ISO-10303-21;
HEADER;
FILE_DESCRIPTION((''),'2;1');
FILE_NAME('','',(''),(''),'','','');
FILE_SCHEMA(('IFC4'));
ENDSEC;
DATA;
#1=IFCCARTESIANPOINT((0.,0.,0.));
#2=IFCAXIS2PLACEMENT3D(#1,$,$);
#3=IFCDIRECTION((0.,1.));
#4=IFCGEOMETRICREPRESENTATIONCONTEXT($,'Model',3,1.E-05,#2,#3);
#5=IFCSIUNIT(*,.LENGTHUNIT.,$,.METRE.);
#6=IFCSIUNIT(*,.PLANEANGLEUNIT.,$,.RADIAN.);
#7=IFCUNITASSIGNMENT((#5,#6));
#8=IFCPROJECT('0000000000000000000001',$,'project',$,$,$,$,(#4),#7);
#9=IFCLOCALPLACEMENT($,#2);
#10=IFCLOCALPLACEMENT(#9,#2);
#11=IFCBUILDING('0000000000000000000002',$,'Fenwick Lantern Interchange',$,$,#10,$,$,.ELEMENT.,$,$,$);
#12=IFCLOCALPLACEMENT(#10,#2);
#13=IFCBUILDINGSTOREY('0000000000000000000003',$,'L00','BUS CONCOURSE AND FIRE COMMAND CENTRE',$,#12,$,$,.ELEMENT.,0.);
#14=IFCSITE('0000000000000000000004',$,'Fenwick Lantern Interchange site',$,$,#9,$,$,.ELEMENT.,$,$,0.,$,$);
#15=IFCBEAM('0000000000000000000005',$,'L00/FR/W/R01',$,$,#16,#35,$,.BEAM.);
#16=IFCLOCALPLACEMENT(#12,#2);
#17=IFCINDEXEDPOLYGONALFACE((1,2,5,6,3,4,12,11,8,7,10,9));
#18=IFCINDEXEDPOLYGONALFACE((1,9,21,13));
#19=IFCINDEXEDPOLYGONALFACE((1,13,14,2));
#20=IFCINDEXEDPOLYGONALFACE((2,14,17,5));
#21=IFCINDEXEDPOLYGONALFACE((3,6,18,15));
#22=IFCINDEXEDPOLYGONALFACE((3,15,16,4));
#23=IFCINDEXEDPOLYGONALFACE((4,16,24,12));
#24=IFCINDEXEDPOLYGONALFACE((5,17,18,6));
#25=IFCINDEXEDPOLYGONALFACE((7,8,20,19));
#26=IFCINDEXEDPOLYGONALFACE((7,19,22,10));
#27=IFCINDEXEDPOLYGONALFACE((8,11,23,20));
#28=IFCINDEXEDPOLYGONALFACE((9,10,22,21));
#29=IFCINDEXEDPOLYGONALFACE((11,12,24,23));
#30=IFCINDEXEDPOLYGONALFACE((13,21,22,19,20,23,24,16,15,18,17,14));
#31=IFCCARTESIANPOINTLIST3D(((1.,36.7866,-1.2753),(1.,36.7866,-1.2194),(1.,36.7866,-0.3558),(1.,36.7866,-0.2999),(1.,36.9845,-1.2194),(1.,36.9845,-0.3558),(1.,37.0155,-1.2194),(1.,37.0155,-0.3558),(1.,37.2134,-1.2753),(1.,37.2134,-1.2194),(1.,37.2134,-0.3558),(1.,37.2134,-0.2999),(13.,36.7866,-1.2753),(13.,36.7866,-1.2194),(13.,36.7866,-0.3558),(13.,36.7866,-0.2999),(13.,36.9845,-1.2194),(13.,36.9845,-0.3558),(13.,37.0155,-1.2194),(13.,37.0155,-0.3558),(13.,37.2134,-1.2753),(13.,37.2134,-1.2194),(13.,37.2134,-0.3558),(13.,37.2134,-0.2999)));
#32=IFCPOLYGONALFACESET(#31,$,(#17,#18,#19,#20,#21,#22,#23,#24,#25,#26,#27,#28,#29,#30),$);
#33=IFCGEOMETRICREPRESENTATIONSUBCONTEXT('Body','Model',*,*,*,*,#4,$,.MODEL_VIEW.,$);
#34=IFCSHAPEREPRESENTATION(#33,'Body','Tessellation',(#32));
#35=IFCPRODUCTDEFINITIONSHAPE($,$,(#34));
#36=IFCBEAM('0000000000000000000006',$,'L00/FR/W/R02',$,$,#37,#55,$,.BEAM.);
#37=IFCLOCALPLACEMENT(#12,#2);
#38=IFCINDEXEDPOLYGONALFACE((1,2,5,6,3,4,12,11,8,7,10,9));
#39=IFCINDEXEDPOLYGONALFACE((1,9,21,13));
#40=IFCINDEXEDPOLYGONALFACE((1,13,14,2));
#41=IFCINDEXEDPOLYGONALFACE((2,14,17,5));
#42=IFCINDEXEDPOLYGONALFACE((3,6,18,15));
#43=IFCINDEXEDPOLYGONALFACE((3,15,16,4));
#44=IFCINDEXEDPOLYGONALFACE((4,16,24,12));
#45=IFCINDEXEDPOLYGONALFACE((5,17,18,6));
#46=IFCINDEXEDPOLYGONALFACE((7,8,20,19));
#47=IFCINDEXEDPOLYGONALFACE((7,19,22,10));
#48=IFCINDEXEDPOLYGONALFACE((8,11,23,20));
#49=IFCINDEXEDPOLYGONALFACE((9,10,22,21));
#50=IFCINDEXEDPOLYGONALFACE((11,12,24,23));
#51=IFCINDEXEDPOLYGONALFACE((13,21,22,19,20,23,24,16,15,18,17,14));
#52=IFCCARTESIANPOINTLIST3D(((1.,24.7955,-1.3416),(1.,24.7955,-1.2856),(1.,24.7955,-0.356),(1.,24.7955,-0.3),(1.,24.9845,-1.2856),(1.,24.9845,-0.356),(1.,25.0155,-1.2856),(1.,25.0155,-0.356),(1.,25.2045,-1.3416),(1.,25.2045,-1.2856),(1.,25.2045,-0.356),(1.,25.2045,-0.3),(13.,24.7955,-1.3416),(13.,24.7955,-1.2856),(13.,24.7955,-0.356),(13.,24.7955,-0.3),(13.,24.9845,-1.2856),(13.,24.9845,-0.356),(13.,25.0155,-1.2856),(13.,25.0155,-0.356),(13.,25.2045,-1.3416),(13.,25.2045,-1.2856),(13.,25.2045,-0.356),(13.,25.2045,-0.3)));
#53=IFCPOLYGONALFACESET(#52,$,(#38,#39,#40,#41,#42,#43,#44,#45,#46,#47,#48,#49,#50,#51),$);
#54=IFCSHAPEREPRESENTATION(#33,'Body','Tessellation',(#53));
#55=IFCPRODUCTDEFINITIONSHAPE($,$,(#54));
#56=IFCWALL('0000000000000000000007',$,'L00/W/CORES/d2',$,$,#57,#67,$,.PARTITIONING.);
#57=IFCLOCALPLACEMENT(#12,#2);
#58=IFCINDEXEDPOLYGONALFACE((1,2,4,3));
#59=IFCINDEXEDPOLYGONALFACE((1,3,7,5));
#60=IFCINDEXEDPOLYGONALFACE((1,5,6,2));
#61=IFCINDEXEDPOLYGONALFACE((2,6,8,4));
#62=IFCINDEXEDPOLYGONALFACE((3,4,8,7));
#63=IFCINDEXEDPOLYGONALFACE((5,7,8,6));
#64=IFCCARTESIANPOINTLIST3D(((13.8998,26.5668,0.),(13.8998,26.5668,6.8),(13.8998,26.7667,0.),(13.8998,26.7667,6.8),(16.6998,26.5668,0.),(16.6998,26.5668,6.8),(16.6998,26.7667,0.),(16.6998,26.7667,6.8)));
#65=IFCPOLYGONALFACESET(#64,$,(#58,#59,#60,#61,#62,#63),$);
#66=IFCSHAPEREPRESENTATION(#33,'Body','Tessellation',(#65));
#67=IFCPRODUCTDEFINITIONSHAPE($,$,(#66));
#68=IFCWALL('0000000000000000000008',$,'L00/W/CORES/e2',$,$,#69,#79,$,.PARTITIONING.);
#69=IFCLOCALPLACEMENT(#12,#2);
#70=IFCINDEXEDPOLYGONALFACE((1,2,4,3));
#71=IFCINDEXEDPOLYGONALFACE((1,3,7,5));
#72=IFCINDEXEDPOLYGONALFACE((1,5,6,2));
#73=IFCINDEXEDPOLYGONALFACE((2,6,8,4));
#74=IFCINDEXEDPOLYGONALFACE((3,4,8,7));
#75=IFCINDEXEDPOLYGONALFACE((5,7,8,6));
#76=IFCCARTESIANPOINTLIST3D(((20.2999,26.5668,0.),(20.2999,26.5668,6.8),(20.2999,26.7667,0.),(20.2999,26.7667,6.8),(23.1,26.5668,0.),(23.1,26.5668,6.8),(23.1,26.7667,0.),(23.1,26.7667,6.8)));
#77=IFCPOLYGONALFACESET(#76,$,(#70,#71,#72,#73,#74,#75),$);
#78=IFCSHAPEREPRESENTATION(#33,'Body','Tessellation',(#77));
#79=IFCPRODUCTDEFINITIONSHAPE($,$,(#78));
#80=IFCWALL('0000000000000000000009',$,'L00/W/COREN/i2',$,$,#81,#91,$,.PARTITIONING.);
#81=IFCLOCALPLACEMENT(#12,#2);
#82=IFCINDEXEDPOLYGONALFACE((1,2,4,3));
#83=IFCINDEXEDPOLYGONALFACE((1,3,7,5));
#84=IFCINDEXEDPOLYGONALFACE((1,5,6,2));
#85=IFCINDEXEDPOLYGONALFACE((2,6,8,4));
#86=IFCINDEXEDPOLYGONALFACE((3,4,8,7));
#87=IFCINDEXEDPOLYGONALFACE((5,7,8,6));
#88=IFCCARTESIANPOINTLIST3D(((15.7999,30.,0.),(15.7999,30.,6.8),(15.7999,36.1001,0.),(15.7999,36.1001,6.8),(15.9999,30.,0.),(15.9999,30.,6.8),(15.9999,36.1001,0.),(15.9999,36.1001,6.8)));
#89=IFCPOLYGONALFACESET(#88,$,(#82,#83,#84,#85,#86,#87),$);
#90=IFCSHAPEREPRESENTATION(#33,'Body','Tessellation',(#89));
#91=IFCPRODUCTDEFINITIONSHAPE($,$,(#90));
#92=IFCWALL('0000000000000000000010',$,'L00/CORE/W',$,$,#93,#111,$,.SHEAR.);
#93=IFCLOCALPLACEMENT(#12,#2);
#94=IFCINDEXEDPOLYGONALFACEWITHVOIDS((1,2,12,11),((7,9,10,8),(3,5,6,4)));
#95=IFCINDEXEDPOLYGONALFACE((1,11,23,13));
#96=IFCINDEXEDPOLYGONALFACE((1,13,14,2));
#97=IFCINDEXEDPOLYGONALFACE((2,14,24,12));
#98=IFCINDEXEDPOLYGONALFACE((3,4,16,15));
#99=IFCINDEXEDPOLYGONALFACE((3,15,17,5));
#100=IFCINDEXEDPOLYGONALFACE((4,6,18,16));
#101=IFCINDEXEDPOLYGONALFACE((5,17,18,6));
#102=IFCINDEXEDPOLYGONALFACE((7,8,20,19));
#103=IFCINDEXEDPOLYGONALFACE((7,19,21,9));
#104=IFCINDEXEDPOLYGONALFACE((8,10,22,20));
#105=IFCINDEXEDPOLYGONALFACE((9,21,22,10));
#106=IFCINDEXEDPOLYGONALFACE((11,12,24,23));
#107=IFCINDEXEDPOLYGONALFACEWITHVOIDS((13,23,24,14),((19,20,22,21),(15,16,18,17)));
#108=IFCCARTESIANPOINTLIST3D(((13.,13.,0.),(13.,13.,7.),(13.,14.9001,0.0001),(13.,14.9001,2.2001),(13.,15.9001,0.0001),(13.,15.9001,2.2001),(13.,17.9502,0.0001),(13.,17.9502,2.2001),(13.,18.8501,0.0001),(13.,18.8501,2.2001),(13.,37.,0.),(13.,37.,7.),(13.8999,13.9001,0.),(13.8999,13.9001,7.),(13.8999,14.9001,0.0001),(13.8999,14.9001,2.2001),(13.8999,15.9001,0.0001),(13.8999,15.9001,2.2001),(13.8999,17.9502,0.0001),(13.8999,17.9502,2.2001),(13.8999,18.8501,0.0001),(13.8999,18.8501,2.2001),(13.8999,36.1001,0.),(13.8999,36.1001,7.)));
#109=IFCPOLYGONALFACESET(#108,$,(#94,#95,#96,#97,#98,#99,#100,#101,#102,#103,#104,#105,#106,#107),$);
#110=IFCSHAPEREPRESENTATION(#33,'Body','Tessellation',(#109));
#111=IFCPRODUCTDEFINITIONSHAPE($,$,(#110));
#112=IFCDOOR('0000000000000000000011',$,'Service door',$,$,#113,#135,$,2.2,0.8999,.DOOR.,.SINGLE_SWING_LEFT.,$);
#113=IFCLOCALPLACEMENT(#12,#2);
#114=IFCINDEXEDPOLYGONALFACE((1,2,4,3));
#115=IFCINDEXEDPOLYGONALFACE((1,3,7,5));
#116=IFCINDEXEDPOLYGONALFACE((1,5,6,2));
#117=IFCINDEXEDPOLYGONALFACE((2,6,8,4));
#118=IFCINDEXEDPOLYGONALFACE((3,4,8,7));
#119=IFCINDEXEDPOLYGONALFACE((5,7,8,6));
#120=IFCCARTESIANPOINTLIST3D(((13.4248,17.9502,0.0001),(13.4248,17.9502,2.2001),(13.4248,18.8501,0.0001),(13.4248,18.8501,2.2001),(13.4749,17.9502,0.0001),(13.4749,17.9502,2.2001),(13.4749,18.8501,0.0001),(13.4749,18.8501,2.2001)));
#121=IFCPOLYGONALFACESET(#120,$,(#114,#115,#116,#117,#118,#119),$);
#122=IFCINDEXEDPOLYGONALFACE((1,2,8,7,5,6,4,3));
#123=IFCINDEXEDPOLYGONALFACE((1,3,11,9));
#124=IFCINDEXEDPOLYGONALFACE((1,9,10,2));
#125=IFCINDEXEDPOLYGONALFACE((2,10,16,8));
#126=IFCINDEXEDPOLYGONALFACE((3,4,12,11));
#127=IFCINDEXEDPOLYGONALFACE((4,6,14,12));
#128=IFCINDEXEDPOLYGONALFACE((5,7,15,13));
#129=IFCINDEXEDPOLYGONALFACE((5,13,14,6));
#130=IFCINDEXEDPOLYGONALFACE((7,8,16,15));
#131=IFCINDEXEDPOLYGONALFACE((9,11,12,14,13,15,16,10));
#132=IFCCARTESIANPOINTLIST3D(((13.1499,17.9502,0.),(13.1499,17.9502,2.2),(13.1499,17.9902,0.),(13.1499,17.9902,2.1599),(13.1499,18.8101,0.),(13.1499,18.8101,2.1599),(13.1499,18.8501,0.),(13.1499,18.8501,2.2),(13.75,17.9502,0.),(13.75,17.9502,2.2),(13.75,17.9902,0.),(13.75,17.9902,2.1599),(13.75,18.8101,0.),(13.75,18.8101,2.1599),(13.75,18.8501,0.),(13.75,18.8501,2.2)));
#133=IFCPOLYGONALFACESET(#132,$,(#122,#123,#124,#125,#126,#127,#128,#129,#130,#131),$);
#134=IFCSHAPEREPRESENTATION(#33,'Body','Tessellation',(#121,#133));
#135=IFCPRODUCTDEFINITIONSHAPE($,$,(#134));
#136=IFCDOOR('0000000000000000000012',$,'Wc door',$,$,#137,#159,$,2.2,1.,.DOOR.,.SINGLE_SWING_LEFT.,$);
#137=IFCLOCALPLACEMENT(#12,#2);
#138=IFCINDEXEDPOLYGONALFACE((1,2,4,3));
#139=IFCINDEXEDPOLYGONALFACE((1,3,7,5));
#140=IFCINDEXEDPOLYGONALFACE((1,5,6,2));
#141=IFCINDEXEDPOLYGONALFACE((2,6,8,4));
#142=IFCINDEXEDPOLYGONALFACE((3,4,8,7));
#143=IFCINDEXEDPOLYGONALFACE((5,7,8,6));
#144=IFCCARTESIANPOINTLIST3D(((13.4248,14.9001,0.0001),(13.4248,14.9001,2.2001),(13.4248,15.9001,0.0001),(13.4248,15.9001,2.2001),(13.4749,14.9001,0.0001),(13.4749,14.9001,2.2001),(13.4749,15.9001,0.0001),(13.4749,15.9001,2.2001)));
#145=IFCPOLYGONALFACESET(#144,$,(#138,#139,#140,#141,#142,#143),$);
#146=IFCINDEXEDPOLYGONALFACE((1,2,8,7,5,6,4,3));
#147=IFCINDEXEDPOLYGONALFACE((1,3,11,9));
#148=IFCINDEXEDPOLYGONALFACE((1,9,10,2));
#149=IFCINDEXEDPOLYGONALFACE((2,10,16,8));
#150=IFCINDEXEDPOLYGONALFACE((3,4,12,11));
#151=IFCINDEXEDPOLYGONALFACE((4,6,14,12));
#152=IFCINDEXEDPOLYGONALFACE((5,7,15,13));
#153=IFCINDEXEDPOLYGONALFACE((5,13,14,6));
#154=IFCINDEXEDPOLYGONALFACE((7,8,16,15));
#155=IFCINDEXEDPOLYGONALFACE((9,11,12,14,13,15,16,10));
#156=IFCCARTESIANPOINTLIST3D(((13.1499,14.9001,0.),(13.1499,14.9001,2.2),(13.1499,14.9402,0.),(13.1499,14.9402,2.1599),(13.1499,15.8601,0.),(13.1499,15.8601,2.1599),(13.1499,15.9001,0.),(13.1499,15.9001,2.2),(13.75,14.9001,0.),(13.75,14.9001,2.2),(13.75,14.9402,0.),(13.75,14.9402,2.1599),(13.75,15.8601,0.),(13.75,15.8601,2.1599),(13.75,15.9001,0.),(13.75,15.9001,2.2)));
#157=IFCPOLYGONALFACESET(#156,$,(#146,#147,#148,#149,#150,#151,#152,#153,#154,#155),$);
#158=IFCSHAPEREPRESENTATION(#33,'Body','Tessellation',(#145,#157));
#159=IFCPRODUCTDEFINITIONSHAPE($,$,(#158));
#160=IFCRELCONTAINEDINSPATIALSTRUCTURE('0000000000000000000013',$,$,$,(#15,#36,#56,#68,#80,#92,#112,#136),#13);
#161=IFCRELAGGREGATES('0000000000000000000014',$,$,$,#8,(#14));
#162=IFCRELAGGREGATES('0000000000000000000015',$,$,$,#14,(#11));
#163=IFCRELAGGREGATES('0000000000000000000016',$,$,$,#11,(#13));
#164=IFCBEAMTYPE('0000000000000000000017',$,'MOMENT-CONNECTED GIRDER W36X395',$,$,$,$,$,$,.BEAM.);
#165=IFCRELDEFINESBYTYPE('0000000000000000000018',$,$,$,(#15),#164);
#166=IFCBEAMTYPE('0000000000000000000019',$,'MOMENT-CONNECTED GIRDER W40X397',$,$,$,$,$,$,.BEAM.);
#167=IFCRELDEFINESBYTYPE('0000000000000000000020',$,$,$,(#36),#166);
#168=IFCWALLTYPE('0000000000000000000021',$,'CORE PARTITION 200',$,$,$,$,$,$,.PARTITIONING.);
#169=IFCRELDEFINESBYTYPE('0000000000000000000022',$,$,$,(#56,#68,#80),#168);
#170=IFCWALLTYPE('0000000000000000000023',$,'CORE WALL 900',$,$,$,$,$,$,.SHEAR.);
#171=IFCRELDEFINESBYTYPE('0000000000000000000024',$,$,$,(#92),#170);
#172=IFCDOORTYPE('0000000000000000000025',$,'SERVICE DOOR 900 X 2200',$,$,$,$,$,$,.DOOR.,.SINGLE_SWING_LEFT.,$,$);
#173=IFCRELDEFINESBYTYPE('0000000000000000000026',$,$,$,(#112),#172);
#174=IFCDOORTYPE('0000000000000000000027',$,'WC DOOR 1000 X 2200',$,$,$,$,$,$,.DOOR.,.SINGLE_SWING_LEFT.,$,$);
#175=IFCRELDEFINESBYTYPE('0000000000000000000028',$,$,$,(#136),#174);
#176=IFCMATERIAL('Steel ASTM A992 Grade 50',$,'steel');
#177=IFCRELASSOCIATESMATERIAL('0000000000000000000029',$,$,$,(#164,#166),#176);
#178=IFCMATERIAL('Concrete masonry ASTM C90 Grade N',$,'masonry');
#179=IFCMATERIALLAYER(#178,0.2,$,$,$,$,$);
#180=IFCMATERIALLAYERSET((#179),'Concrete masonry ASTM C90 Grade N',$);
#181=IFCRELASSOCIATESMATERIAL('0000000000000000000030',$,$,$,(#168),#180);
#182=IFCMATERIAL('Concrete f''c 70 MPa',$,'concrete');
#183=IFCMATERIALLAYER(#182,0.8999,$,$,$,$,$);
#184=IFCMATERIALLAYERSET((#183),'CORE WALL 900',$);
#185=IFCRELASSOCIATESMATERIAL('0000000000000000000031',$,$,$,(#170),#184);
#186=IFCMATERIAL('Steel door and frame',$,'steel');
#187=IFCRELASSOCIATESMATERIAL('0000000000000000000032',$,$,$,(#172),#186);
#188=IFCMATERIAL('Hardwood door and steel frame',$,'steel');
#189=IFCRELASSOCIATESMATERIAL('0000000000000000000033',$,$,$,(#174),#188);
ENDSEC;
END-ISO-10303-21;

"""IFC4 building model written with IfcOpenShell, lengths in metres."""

from ifc_helpers import new_model, si_unit, direction, frame, frame_2d, origin, origin_2d, place, context, subcontext, project, spatial, polyline, rectangle, i_section, outline, extrude, material, layer, layer_set, material_profile, profile_set, type_object, element, fill, save


model = new_model("IFC4")

# Units and contexts
model_context = context("Model", 3, precision=1e-05, world=origin(), true_north=direction((0.0, 1.0)))
body_context = subcontext(model_context, "Body", "Model", "MODEL_VIEW")
ifc_project = project(units=[si_unit("LENGTHUNIT", "METRE"), si_unit("PLANEANGLEUNIT", "RADIAN")], contexts=[model_context])

# Site, building, storey
site_placement = place(None, origin())
site = spatial("IfcSite", under=ifc_project, at=site_placement, Name="Fenwick Lantern Interchange site", CompositionType="ELEMENT", RefElevation=0.0)
building_placement = place(site_placement, origin())
building = spatial("IfcBuilding", under=site, at=building_placement, Name="Fenwick Lantern Interchange", CompositionType="ELEMENT")
storey_placement = place(building_placement, origin())
storey = spatial("IfcBuildingStorey", under=building, at=storey_placement, Name="L00", Description="BUS CONCOURSE AND FIRE COMMAND CENTRE", CompositionType="ELEMENT", Elevation=0.0)

# Shared definitions
ifc_material_1 = material(Name="Concrete f'c 70 MPa", Category="concrete")

# Beams
ifc_material_2 = material(Name="Steel ASTM A992 Grade 50", Category="steel")
ifc_material_profile_1 = material_profile(ifc_material_2, i_section(OverallWidth=0.4268, OverallDepth=0.9753, WebThickness=0.031, FlangeThickness=0.0559, at=origin_2d()), Name="W36X395")
ifc_profile_set_1 = profile_set([ifc_material_profile_1], Name="Steel ASTM A992 Grade 50")
beam_type_1 = type_object("IfcBeamType", Name="MOMENT-CONNECTED GIRDER W36X395", PredefinedType="BEAM", material=ifc_profile_set_1)
beam_1_placement = place(storey_placement, frame((1.0, 37.0, -0.7876), z_axis=(1.0, 0.0, 0.0), x_axis=(0.0, 1.0, 0.0)))
element("IfcBeam", 1, at=beam_1_placement, inside=storey, type_object=beam_type_1, Name="L00/FR/W/R01", PredefinedType="BEAM", context=body_context, shape_type="SweptSolid", body=[
    extrude(i_section(OverallWidth=0.4268, OverallDepth=0.9753, WebThickness=0.031, FlangeThickness=0.0559, at=origin_2d()), origin(), (0.0, 0.0, 1.0), 12.0),
])
ifc_material_profile_2 = material_profile(ifc_material_2, i_section(OverallWidth=0.4089, OverallDepth=1.0415, WebThickness=0.031, FlangeThickness=0.0559, at=origin_2d()), Name="W40X397")
ifc_profile_set_2 = profile_set([ifc_material_profile_2], Name="Steel ASTM A992 Grade 50")
beam_type_2 = type_object("IfcBeamType", Name="MOMENT-CONNECTED GIRDER W40X397", PredefinedType="BEAM", material=ifc_profile_set_2)
beam_2_placement = place(storey_placement, frame((1.0, 25.0, -0.8208), z_axis=(1.0, 0.0, 0.0), x_axis=(0.0, 1.0, 0.0)))
element("IfcBeam", 2, at=beam_2_placement, inside=storey, type_object=beam_type_2, Name="L00/FR/W/R02", PredefinedType="BEAM", context=body_context, shape_type="SweptSolid", body=[
    extrude(i_section(OverallWidth=0.4089, OverallDepth=1.0415, WebThickness=0.031, FlangeThickness=0.0559, at=origin_2d()), origin(), (0.0, 0.0, 1.0), 12.0),
])

# Walls
ifc_material_3 = material(Name="Concrete masonry ASTM C90 Grade N", Category="masonry")
ifc_layer_1 = layer(ifc_material_3, 0.2)
ifc_layer_set_1 = layer_set([ifc_layer_1], Name="Concrete masonry ASTM C90 Grade N")
wall_type_1 = type_object("IfcWallType", Name="CORE PARTITION 200", PredefinedType="PARTITIONING", material=ifc_layer_set_1)
for number, where, z_axis, x_axis, name in (
    (3, (13.8999, 26.6667, 0.0), (0.0, 0.0, 1.0), (1.0, 0.0, 0.0), "L00/W/CORES/d2"),
    (4, (20.3, 26.6667, 0.0), (0.0, 0.0, 1.0), (1.0, 0.0, 0.0), "L00/W/CORES/e2"),
):
    element("IfcWall", number, at=place(storey_placement, frame(where, z_axis=z_axis, x_axis=x_axis)), inside=storey, type_object=wall_type_1, Name=name, PredefinedType="PARTITIONING", context=body_context, shape_type="SweptSolid", body=[
        extrude(rectangle(XDim=2.8, YDim=0.2, at=frame_2d((1.3999, 0.0))), origin(), (0.0, 0.0, 1.0), 6.8),
    ])
wall_1_placement = place(storey_placement, frame((15.8999, 36.1001, 0.0), z_axis=(0.0, 0.0, 1.0), x_axis=(0.0, -1.0, 0.0)))
element("IfcWall", 5, at=wall_1_placement, inside=storey, type_object=wall_type_1, Name="L00/W/COREN/i2", PredefinedType="PARTITIONING", context=body_context, shape_type="SweptSolid", body=[
    extrude(rectangle(XDim=6.1001, YDim=0.2, at=frame_2d((3.05, 0.0))), origin(), (0.0, 0.0, 1.0), 6.8),
])

# Wall, openings, doors
ifc_layer_2 = layer(ifc_material_1, 0.8999)
ifc_layer_set_2 = layer_set([ifc_layer_2], Name="CORE WALL 900")
wall_type_2 = type_object("IfcWallType", Name="CORE WALL 900", PredefinedType="SHEAR", material=ifc_layer_set_2)
wall_2_placement = place(storey_placement, frame((13.45, 36.1001, 0.0), z_axis=(0.0, 0.0, 1.0), x_axis=(0.0, -1.0, 0.0)))
wall_2 = element("IfcWall", 6, at=wall_2_placement, inside=storey, type_object=wall_type_2, Name="L00/CORE/W", PredefinedType="SHEAR", context=body_context, shape_type="SweptSolid", body=[
    extrude(outline(polyline([(-0.8999, -0.45), (23.1001, -0.45), (22.2, 0.45), (0.0, 0.45), (-0.8999, -0.45)])), origin(), (0.0, 0.0, 1.0), 7.0),
])
opening_1_placement = place(wall_2_placement, frame((20.2, 0.0, 0.0)))
opening_1 = element("IfcOpeningElement", 7, at=opening_1_placement, cuts=wall_2, PredefinedType="OPENING", context=body_context, shape_type="SweptSolid", body=[
    extrude(rectangle(XDim=1.0, YDim=2.2, at=frame_2d((0.5, 1.1001))), frame((0.0, 0.46, 0.0), z_axis=(0.0, -1.0, 0.0), x_axis=(1.0, 0.0, 0.0)), (0.0, 0.0, 1.0), 0.9199),
])
opening_2_placement = place(wall_2_placement, frame((17.25, 0.0, 0.0)))
opening_2 = element("IfcOpeningElement", 8, at=opening_2_placement, cuts=wall_2, PredefinedType="OPENING", context=body_context, shape_type="SweptSolid", body=[
    extrude(rectangle(XDim=0.8999, YDim=2.2, at=frame_2d((0.45, 1.1001))), frame((0.0, 0.46, 0.0), z_axis=(0.0, -1.0, 0.0), x_axis=(1.0, 0.0, 0.0)), (0.0, 0.0, 1.0), 0.9199),
])
ifc_material_4 = material(Name="Steel door and frame", Category="steel")
door_type_1 = type_object("IfcDoorType", Name="SERVICE DOOR 900 X 2200", OperationType="SINGLE_SWING_LEFT", PredefinedType="DOOR", material=ifc_material_4)
door_1_placement = place(opening_2_placement, origin())
door_1 = element("IfcDoor", 9, at=door_1_placement, inside=storey, type_object=door_type_1, Name="Service door", OperationType="SINGLE_SWING_LEFT", OverallHeight=2.2, OverallWidth=0.8999, PredefinedType="DOOR", context=body_context, shape_type="SweptSolid", body=[
    extrude(rectangle(XDim=0.8999, YDim=2.2, at=frame_2d((0.45, 1.1001))), frame((0.0, 0.0249, 0.0), z_axis=(0.0, -1.0, 0.0), x_axis=(1.0, 0.0, 0.0)), (0.0, 0.0, 1.0), 0.05),
    extrude(outline(polyline([(0.0, 0.0), (0.04, 0.0), (0.04, 2.1599), (0.8599, 2.1599), (0.8599, 0.0), (0.8999, 0.0), (0.8999, 2.2), (0.0, 2.2), (0.0, 0.0)])), frame((0.0, 0.3, 0.0), z_axis=(0.0, -1.0, 0.0), x_axis=(1.0, 0.0, 0.0)), (0.0, 0.0, 1.0), 0.6001),
])
fill(opening_2, door_1)
ifc_material_5 = material(Name="Hardwood door and steel frame", Category="steel")
door_type_2 = type_object("IfcDoorType", Name="WC DOOR 1000 X 2200", OperationType="SINGLE_SWING_LEFT", PredefinedType="DOOR", material=ifc_material_5)
door_2_placement = place(opening_1_placement, origin())
door_2 = element("IfcDoor", 10, at=door_2_placement, inside=storey, type_object=door_type_2, Name="Wc door", OperationType="SINGLE_SWING_LEFT", OverallHeight=2.2, OverallWidth=1.0, PredefinedType="DOOR", context=body_context, shape_type="SweptSolid", body=[
    extrude(rectangle(XDim=1.0, YDim=2.2, at=frame_2d((0.5, 1.1001))), frame((0.0, 0.0249, 0.0), z_axis=(0.0, -1.0, 0.0), x_axis=(1.0, 0.0, 0.0)), (0.0, 0.0, 1.0), 0.05),
    extrude(outline(polyline([(0.0, 0.0), (0.04, 0.0), (0.04, 2.1599), (0.96, 2.1599), (0.96, 0.0), (1.0, 0.0), (1.0, 2.2), (0.0, 2.2), (0.0, 0.0)])), frame((0.0, 0.3, 0.0), z_axis=(0.0, -1.0, 0.0), x_axis=(1.0, 0.0, 0.0)), (0.0, 0.0, 1.0), 0.6001),
])
fill(opening_1, door_2)

save(model, "model.ifc")
